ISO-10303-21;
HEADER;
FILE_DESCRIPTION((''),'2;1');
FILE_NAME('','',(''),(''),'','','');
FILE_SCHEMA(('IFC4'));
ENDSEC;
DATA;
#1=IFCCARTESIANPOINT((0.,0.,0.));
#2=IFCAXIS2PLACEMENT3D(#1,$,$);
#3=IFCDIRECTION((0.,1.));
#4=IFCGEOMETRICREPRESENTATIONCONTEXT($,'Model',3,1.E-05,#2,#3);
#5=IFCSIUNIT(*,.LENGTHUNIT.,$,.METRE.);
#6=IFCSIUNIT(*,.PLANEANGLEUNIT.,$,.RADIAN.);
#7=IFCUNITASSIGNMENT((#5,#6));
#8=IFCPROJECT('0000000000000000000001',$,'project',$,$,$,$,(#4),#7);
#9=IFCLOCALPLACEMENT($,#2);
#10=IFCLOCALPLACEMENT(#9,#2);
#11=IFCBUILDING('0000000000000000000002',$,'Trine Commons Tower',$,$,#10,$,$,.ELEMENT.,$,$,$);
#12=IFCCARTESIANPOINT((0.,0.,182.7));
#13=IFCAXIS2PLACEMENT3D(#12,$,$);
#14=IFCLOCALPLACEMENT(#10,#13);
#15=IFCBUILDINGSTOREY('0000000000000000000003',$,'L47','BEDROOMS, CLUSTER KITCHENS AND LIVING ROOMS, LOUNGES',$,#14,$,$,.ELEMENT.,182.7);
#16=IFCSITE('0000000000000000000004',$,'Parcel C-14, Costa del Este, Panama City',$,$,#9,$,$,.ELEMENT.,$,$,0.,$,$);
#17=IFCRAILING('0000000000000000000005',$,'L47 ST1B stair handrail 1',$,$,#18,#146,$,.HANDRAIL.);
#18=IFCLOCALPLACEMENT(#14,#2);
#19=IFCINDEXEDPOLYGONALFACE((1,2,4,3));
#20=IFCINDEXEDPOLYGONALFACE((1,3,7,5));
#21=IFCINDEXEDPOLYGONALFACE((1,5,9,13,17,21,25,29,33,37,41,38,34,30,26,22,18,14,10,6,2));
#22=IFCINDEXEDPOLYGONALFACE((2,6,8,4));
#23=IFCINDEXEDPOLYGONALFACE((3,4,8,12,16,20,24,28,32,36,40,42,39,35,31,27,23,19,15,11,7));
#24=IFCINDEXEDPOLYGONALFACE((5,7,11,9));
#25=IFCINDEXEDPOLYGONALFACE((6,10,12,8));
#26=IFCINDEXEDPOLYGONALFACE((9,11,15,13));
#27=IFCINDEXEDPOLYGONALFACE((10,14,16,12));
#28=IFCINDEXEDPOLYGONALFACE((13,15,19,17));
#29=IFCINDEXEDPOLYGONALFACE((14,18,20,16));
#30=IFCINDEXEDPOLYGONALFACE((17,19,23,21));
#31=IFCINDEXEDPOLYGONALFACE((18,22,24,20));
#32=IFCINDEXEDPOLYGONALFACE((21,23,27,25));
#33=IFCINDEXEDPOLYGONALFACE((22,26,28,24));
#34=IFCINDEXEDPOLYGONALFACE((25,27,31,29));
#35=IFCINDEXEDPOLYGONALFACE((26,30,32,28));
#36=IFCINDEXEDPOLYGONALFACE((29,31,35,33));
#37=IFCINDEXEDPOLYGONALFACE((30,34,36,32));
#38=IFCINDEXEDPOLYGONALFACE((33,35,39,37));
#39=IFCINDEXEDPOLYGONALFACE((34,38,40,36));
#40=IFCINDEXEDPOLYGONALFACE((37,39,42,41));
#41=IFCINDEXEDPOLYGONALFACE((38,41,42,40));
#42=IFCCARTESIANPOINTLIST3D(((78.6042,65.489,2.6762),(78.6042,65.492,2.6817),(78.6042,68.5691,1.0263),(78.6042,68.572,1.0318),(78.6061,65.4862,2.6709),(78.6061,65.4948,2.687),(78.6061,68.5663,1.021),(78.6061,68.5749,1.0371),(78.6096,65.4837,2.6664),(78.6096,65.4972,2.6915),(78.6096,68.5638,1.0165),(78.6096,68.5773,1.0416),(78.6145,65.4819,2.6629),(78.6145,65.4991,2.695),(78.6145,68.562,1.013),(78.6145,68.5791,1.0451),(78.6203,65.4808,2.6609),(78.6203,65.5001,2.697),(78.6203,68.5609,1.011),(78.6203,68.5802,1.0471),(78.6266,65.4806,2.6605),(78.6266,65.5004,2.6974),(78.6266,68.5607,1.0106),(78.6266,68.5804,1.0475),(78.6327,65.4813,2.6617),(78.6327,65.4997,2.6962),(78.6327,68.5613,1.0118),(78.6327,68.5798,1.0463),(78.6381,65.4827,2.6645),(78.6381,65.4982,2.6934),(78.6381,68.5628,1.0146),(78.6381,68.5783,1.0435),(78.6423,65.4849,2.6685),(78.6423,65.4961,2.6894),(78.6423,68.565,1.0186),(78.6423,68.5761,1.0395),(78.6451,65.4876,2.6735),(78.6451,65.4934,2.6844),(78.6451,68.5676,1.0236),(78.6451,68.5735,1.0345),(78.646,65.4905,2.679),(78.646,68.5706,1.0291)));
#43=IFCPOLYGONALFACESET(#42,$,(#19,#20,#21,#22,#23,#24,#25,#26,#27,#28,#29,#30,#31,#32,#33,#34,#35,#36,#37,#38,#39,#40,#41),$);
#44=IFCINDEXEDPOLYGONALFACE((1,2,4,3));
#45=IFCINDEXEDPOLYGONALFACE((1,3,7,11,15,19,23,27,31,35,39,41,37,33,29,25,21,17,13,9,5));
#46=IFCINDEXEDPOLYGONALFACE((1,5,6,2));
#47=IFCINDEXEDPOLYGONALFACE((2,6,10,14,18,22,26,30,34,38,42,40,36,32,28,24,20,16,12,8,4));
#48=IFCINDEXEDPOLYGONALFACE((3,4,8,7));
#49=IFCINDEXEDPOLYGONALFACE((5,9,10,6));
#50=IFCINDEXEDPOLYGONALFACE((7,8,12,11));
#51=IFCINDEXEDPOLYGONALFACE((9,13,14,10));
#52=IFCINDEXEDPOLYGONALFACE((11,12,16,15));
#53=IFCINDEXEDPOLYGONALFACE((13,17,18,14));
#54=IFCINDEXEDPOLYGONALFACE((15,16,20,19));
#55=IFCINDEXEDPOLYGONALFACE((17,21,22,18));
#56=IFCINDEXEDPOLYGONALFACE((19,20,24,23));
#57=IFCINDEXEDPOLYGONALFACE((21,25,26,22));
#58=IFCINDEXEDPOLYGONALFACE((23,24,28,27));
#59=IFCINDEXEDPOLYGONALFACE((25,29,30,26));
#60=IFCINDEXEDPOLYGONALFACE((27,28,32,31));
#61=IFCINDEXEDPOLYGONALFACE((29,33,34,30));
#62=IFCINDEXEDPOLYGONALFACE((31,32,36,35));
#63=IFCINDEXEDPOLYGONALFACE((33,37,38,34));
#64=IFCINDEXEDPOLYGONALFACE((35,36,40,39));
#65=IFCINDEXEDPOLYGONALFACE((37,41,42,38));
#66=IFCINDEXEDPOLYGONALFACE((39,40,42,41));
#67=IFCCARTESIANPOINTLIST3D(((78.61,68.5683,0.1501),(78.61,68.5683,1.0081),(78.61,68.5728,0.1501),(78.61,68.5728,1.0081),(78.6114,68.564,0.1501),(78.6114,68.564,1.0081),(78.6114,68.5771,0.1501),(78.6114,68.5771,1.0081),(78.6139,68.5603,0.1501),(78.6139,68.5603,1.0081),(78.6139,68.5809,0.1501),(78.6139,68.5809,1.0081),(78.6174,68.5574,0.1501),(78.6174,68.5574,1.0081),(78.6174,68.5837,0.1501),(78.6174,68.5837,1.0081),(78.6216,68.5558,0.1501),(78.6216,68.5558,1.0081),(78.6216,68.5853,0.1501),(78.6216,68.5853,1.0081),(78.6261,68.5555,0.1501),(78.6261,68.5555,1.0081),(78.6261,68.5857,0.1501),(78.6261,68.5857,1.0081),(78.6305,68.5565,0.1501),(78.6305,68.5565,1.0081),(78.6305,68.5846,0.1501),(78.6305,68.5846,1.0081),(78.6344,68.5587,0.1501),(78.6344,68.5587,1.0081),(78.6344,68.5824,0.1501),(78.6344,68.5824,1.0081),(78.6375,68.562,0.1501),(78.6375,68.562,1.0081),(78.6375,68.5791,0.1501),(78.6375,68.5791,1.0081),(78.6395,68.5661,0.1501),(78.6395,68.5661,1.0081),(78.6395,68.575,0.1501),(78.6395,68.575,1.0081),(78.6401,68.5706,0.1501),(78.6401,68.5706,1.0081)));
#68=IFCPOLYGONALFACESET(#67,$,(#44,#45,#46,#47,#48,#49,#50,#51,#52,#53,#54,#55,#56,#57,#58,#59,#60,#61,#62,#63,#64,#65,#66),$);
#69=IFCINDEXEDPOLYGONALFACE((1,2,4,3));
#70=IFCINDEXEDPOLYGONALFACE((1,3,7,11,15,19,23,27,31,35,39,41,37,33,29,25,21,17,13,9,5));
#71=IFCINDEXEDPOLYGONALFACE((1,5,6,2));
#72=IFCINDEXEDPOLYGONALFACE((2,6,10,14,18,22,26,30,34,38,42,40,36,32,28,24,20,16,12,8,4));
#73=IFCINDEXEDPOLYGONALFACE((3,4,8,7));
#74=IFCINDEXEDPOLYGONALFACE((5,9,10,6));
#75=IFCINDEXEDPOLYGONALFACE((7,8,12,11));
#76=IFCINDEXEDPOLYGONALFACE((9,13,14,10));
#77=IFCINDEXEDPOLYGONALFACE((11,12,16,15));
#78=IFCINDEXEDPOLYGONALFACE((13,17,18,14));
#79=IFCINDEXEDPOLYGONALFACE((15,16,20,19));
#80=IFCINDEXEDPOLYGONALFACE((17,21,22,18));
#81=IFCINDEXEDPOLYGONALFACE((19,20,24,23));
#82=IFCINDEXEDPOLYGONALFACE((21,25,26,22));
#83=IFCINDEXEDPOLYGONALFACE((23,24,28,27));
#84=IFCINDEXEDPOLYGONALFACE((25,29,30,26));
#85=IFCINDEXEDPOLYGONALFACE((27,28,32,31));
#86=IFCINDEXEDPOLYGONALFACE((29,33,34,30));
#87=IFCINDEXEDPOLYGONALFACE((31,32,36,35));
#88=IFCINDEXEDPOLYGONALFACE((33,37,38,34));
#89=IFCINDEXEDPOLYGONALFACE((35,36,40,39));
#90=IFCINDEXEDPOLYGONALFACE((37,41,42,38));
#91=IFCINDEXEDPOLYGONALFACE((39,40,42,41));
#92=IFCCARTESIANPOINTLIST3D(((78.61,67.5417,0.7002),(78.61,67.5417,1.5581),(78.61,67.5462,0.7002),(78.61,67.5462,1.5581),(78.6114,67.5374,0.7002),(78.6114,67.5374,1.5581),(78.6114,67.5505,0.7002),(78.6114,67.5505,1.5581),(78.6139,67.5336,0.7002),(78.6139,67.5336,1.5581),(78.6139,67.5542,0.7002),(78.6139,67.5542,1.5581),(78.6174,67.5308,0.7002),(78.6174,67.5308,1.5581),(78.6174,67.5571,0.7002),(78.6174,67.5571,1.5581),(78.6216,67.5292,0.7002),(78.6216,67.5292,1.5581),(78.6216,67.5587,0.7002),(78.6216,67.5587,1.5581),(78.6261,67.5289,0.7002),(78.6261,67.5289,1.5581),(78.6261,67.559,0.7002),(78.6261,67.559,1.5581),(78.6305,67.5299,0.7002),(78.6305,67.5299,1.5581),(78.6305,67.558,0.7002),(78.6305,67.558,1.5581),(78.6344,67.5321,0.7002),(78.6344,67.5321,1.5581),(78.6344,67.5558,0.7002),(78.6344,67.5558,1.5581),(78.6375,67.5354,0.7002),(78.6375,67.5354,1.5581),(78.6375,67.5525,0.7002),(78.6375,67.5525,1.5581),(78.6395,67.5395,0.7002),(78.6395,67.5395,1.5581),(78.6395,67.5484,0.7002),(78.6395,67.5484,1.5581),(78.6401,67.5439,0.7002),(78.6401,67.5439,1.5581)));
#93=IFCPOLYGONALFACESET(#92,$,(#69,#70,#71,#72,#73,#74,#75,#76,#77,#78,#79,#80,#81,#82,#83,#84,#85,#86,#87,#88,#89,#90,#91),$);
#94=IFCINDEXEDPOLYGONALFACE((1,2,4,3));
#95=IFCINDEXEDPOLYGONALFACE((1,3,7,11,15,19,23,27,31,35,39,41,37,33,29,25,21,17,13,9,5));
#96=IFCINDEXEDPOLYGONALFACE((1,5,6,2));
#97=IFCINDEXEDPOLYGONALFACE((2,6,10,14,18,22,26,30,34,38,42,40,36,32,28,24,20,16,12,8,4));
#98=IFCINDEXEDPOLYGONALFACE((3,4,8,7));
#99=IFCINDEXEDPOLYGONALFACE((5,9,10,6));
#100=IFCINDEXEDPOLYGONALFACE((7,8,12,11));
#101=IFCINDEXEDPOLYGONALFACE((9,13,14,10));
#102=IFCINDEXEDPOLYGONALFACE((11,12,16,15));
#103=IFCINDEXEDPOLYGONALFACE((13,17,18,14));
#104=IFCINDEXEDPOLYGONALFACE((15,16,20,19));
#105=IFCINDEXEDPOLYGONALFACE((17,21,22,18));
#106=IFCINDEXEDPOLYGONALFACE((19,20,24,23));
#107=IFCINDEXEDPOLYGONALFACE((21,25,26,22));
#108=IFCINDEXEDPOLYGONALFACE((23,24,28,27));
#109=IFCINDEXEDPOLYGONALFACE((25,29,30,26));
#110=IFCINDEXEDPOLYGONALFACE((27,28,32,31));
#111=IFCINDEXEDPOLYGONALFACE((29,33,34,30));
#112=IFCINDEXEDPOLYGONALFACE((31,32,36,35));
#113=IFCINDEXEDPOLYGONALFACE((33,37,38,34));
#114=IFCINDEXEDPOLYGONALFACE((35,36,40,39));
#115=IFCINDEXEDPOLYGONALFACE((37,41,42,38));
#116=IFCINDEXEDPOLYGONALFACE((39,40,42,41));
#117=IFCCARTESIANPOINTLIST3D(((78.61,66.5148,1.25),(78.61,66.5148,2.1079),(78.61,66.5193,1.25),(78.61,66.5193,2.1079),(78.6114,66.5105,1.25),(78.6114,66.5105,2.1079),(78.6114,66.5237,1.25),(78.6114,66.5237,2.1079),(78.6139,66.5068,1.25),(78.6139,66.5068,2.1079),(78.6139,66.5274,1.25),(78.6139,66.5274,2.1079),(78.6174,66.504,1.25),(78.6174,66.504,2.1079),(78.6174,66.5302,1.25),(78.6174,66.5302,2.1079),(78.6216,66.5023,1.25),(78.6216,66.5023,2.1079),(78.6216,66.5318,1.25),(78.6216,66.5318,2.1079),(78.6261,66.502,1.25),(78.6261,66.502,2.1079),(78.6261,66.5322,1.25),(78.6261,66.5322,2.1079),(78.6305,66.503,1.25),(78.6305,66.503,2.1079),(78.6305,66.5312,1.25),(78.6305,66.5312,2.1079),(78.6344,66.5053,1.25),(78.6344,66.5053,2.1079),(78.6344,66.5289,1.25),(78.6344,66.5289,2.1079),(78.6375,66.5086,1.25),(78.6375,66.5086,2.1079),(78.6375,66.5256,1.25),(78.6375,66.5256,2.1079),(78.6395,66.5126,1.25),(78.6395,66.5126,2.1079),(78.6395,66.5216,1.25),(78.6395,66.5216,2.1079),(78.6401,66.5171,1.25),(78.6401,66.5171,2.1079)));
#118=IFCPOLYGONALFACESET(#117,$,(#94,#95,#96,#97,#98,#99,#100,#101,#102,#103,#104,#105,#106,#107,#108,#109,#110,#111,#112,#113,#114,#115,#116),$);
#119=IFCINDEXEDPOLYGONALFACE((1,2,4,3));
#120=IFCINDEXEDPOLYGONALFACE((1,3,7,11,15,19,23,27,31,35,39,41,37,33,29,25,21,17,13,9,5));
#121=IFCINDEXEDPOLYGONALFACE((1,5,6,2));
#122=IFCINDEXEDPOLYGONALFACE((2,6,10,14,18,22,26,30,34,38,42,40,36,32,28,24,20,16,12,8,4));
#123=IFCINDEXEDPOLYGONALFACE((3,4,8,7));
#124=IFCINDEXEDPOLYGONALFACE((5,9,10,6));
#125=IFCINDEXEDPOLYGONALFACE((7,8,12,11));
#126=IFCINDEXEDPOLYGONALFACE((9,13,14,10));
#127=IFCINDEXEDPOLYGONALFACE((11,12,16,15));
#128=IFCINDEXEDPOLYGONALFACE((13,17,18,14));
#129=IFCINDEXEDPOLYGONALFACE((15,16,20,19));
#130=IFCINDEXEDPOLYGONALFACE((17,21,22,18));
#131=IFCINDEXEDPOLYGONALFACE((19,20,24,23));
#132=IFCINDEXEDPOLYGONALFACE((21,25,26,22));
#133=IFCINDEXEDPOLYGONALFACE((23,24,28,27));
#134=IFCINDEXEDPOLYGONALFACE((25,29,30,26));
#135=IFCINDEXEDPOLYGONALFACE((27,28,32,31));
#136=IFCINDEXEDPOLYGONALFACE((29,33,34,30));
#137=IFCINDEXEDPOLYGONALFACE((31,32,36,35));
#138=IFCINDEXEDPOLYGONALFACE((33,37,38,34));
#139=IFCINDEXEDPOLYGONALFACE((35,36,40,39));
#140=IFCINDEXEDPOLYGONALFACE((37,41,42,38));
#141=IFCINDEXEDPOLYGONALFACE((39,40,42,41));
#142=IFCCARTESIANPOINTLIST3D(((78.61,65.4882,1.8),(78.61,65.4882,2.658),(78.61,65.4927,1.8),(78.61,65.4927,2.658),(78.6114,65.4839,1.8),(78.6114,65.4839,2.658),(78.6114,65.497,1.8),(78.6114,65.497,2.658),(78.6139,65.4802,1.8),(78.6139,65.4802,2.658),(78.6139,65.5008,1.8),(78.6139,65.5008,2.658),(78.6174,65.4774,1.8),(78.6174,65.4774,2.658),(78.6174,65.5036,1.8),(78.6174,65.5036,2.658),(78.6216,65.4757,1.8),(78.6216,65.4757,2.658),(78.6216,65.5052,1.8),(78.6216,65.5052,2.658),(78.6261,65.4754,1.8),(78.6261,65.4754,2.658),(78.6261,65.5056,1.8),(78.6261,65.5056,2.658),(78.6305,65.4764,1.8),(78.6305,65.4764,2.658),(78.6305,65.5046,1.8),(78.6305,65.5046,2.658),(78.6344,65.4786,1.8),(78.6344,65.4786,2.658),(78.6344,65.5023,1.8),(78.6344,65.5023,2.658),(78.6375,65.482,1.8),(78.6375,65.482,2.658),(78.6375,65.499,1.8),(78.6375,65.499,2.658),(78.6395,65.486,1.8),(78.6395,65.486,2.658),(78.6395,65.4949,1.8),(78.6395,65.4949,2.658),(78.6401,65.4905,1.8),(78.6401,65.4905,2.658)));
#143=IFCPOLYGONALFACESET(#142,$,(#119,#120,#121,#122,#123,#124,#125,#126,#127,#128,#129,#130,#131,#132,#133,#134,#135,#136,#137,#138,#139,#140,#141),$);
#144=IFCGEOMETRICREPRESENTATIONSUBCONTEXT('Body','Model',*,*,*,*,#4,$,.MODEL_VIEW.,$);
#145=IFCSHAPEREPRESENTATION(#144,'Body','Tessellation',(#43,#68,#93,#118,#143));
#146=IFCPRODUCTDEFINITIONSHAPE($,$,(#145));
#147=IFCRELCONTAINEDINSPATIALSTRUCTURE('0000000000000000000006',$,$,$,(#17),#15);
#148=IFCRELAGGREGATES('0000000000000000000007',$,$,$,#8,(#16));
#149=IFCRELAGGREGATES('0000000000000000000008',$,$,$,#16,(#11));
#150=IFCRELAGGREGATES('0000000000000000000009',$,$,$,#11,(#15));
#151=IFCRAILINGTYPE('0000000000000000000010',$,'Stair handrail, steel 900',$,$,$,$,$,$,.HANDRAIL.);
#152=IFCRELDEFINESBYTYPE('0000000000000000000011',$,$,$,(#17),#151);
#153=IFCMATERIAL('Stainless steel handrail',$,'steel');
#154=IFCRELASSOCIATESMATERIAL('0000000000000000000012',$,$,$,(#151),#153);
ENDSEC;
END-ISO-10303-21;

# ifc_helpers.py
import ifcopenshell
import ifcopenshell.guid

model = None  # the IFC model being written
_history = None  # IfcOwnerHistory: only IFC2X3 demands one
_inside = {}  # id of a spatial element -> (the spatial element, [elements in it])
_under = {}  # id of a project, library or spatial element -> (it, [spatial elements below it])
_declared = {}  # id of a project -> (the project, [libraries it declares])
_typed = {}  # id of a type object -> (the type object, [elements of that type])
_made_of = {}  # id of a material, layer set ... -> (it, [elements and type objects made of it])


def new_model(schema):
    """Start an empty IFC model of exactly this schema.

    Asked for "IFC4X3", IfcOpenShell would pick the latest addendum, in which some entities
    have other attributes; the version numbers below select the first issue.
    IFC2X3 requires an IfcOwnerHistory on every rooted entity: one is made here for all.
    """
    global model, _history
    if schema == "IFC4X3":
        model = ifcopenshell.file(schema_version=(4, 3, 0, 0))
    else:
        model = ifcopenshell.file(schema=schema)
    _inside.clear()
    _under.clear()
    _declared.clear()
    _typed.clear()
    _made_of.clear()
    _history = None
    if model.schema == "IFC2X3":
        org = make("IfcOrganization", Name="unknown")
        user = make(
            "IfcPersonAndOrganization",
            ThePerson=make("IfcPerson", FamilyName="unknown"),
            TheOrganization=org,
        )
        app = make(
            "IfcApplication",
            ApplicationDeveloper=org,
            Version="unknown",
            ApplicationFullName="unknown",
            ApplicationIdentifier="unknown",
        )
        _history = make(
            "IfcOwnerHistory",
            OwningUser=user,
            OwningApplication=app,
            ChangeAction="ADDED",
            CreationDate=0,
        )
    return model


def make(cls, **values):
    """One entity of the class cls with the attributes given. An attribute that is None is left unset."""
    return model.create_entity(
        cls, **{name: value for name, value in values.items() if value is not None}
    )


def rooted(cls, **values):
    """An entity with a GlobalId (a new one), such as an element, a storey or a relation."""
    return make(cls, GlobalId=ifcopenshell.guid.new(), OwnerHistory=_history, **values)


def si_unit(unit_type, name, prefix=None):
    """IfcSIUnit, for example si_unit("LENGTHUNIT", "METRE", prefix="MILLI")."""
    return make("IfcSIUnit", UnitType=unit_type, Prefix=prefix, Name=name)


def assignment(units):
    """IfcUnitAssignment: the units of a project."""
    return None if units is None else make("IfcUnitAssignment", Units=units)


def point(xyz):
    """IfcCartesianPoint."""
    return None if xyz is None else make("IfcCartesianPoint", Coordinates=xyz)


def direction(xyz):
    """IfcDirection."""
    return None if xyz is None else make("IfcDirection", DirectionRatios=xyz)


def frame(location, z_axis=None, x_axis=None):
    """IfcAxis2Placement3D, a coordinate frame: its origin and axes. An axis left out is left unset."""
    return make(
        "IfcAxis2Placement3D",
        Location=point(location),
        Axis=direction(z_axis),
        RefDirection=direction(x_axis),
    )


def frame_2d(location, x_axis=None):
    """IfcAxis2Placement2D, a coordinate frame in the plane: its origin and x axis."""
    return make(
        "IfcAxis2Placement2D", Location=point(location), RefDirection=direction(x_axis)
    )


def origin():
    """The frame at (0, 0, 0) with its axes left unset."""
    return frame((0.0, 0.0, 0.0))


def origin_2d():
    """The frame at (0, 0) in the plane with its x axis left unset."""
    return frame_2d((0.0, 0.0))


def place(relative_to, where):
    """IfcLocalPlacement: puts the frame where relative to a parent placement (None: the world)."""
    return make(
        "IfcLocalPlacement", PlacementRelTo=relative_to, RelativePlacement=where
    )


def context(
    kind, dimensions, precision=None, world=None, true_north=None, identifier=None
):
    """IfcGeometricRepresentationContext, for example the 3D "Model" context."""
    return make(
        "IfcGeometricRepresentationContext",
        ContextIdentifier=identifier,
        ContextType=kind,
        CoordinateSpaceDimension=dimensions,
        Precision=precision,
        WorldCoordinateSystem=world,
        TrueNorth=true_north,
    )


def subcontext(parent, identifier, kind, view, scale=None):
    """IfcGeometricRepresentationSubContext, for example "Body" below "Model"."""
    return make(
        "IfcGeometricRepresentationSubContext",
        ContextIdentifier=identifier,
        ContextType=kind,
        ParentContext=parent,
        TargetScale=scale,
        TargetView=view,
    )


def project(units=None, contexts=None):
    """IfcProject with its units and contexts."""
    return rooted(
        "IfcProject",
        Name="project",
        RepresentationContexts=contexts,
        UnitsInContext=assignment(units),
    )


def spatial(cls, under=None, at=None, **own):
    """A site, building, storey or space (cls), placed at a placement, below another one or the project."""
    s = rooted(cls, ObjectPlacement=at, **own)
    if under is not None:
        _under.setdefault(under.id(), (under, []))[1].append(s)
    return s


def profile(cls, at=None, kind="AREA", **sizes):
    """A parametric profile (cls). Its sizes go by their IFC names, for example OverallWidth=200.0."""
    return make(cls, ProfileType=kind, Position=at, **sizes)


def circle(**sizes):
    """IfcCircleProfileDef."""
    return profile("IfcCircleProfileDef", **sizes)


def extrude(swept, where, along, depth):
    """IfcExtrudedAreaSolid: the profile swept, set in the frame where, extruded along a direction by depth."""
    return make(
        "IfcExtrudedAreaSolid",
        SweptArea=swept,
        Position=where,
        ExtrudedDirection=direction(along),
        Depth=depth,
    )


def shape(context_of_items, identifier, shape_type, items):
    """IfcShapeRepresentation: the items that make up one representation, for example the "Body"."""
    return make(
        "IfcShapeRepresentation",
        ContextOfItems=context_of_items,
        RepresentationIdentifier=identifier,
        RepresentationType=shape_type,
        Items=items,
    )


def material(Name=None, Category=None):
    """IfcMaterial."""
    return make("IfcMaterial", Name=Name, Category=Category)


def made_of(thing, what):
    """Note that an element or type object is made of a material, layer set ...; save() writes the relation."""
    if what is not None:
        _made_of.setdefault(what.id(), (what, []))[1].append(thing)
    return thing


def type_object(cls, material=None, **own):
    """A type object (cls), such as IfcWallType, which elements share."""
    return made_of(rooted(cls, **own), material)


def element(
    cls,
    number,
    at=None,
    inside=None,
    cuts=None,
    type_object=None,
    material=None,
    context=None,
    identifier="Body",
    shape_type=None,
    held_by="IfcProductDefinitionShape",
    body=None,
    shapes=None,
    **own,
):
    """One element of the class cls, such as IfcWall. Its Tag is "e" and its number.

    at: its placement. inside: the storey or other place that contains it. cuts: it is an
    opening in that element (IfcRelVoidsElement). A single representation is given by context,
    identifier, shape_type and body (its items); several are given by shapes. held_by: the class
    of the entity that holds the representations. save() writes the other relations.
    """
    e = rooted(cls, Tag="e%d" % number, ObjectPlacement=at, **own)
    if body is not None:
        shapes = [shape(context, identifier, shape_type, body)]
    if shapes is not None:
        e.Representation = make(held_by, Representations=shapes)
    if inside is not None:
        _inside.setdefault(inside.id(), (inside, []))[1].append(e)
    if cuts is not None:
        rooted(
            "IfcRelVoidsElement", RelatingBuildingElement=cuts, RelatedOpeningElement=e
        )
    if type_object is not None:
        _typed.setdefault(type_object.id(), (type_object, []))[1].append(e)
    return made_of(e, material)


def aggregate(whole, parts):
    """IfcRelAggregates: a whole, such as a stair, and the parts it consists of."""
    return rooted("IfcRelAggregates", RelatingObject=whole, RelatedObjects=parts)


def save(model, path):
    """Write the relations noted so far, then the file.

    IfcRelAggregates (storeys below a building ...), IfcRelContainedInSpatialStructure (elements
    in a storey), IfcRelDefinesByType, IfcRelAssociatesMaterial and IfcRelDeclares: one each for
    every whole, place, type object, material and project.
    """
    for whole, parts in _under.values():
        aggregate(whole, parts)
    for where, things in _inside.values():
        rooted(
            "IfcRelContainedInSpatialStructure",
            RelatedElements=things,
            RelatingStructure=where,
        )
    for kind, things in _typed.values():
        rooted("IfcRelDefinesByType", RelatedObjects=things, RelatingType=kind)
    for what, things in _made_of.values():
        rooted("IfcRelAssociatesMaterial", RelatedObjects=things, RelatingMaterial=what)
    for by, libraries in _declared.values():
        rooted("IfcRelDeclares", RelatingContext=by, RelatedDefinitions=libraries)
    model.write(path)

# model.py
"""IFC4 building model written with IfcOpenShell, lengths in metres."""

from ifc_helpers import new_model, si_unit, direction, frame, origin, origin_2d, place, context, subcontext, project, spatial, circle, extrude, material, type_object, element, save


model = new_model("IFC4")

# Units and contexts
model_context = context("Model", 3, precision=1e-05, world=origin(), true_north=direction((0.0, 1.0)))
body_context = subcontext(model_context, "Body", "Model", "MODEL_VIEW")
ifc_project = project(units=[si_unit("LENGTHUNIT", "METRE"), si_unit("PLANEANGLEUNIT", "RADIAN")], contexts=[model_context])

# Site, building, storey
site_placement = place(None, origin())
site = spatial("IfcSite", under=ifc_project, at=site_placement, Name="Parcel C-14, Costa del Este, Panama City", CompositionType="ELEMENT", RefElevation=0.0)
building_placement = place(site_placement, origin())
building = spatial("IfcBuilding", under=site, at=building_placement, Name="Trine Commons Tower", CompositionType="ELEMENT")
storey_placement = place(building_placement, frame((0.0, 0.0, 182.7)))
storey = spatial("IfcBuildingStorey", under=building, at=storey_placement, Name="L47", Description="BEDROOMS, CLUSTER KITCHENS AND LIVING ROOMS, LOUNGES", CompositionType="ELEMENT", Elevation=182.7)

# Railing
ifc_material_1 = material(Name="Stainless steel handrail", Category="steel")
railing_type_1 = type_object("IfcRailingType", Name="Stair handrail, steel 900", PredefinedType="HANDRAIL", material=ifc_material_1)
railing_1_placement = place(storey_placement, frame((78.625, 68.5706, 0.1501)))
element("IfcRailing", 1, at=railing_1_placement, inside=storey, type_object=railing_type_1, Name="L47 ST1B stair handrail 1", PredefinedType="HANDRAIL", context=body_context, shape_type="SweptSolid", body=[
    extrude(circle(Radius=0.021, at=origin_2d()), frame((0.0, 0.0, 0.8789), z_axis=(0.0, -0.881497, 0.47219), x_axis=(1.0, 0.0, 0.0)), (0.0, 0.0, 1.0), 3.4941),
    extrude(circle(Radius=0.0151, at=origin_2d()), origin(), (0.0, 0.0, 1.0), 0.8579),
    extrude(circle(Radius=0.0151, at=origin_2d()), frame((0.0, -1.0266, 0.55)), (0.0, 0.0, 1.0), 0.8579),
    extrude(circle(Radius=0.0151, at=origin_2d()), frame((0.0, -2.0535, 1.0999)), (0.0, 0.0, 1.0), 0.8579),
    extrude(circle(Radius=0.0151, at=origin_2d()), frame((0.0, -3.0801, 1.6499)), (0.0, 0.0, 1.0), 0.8579),
])

save(model, "model.ifc")
